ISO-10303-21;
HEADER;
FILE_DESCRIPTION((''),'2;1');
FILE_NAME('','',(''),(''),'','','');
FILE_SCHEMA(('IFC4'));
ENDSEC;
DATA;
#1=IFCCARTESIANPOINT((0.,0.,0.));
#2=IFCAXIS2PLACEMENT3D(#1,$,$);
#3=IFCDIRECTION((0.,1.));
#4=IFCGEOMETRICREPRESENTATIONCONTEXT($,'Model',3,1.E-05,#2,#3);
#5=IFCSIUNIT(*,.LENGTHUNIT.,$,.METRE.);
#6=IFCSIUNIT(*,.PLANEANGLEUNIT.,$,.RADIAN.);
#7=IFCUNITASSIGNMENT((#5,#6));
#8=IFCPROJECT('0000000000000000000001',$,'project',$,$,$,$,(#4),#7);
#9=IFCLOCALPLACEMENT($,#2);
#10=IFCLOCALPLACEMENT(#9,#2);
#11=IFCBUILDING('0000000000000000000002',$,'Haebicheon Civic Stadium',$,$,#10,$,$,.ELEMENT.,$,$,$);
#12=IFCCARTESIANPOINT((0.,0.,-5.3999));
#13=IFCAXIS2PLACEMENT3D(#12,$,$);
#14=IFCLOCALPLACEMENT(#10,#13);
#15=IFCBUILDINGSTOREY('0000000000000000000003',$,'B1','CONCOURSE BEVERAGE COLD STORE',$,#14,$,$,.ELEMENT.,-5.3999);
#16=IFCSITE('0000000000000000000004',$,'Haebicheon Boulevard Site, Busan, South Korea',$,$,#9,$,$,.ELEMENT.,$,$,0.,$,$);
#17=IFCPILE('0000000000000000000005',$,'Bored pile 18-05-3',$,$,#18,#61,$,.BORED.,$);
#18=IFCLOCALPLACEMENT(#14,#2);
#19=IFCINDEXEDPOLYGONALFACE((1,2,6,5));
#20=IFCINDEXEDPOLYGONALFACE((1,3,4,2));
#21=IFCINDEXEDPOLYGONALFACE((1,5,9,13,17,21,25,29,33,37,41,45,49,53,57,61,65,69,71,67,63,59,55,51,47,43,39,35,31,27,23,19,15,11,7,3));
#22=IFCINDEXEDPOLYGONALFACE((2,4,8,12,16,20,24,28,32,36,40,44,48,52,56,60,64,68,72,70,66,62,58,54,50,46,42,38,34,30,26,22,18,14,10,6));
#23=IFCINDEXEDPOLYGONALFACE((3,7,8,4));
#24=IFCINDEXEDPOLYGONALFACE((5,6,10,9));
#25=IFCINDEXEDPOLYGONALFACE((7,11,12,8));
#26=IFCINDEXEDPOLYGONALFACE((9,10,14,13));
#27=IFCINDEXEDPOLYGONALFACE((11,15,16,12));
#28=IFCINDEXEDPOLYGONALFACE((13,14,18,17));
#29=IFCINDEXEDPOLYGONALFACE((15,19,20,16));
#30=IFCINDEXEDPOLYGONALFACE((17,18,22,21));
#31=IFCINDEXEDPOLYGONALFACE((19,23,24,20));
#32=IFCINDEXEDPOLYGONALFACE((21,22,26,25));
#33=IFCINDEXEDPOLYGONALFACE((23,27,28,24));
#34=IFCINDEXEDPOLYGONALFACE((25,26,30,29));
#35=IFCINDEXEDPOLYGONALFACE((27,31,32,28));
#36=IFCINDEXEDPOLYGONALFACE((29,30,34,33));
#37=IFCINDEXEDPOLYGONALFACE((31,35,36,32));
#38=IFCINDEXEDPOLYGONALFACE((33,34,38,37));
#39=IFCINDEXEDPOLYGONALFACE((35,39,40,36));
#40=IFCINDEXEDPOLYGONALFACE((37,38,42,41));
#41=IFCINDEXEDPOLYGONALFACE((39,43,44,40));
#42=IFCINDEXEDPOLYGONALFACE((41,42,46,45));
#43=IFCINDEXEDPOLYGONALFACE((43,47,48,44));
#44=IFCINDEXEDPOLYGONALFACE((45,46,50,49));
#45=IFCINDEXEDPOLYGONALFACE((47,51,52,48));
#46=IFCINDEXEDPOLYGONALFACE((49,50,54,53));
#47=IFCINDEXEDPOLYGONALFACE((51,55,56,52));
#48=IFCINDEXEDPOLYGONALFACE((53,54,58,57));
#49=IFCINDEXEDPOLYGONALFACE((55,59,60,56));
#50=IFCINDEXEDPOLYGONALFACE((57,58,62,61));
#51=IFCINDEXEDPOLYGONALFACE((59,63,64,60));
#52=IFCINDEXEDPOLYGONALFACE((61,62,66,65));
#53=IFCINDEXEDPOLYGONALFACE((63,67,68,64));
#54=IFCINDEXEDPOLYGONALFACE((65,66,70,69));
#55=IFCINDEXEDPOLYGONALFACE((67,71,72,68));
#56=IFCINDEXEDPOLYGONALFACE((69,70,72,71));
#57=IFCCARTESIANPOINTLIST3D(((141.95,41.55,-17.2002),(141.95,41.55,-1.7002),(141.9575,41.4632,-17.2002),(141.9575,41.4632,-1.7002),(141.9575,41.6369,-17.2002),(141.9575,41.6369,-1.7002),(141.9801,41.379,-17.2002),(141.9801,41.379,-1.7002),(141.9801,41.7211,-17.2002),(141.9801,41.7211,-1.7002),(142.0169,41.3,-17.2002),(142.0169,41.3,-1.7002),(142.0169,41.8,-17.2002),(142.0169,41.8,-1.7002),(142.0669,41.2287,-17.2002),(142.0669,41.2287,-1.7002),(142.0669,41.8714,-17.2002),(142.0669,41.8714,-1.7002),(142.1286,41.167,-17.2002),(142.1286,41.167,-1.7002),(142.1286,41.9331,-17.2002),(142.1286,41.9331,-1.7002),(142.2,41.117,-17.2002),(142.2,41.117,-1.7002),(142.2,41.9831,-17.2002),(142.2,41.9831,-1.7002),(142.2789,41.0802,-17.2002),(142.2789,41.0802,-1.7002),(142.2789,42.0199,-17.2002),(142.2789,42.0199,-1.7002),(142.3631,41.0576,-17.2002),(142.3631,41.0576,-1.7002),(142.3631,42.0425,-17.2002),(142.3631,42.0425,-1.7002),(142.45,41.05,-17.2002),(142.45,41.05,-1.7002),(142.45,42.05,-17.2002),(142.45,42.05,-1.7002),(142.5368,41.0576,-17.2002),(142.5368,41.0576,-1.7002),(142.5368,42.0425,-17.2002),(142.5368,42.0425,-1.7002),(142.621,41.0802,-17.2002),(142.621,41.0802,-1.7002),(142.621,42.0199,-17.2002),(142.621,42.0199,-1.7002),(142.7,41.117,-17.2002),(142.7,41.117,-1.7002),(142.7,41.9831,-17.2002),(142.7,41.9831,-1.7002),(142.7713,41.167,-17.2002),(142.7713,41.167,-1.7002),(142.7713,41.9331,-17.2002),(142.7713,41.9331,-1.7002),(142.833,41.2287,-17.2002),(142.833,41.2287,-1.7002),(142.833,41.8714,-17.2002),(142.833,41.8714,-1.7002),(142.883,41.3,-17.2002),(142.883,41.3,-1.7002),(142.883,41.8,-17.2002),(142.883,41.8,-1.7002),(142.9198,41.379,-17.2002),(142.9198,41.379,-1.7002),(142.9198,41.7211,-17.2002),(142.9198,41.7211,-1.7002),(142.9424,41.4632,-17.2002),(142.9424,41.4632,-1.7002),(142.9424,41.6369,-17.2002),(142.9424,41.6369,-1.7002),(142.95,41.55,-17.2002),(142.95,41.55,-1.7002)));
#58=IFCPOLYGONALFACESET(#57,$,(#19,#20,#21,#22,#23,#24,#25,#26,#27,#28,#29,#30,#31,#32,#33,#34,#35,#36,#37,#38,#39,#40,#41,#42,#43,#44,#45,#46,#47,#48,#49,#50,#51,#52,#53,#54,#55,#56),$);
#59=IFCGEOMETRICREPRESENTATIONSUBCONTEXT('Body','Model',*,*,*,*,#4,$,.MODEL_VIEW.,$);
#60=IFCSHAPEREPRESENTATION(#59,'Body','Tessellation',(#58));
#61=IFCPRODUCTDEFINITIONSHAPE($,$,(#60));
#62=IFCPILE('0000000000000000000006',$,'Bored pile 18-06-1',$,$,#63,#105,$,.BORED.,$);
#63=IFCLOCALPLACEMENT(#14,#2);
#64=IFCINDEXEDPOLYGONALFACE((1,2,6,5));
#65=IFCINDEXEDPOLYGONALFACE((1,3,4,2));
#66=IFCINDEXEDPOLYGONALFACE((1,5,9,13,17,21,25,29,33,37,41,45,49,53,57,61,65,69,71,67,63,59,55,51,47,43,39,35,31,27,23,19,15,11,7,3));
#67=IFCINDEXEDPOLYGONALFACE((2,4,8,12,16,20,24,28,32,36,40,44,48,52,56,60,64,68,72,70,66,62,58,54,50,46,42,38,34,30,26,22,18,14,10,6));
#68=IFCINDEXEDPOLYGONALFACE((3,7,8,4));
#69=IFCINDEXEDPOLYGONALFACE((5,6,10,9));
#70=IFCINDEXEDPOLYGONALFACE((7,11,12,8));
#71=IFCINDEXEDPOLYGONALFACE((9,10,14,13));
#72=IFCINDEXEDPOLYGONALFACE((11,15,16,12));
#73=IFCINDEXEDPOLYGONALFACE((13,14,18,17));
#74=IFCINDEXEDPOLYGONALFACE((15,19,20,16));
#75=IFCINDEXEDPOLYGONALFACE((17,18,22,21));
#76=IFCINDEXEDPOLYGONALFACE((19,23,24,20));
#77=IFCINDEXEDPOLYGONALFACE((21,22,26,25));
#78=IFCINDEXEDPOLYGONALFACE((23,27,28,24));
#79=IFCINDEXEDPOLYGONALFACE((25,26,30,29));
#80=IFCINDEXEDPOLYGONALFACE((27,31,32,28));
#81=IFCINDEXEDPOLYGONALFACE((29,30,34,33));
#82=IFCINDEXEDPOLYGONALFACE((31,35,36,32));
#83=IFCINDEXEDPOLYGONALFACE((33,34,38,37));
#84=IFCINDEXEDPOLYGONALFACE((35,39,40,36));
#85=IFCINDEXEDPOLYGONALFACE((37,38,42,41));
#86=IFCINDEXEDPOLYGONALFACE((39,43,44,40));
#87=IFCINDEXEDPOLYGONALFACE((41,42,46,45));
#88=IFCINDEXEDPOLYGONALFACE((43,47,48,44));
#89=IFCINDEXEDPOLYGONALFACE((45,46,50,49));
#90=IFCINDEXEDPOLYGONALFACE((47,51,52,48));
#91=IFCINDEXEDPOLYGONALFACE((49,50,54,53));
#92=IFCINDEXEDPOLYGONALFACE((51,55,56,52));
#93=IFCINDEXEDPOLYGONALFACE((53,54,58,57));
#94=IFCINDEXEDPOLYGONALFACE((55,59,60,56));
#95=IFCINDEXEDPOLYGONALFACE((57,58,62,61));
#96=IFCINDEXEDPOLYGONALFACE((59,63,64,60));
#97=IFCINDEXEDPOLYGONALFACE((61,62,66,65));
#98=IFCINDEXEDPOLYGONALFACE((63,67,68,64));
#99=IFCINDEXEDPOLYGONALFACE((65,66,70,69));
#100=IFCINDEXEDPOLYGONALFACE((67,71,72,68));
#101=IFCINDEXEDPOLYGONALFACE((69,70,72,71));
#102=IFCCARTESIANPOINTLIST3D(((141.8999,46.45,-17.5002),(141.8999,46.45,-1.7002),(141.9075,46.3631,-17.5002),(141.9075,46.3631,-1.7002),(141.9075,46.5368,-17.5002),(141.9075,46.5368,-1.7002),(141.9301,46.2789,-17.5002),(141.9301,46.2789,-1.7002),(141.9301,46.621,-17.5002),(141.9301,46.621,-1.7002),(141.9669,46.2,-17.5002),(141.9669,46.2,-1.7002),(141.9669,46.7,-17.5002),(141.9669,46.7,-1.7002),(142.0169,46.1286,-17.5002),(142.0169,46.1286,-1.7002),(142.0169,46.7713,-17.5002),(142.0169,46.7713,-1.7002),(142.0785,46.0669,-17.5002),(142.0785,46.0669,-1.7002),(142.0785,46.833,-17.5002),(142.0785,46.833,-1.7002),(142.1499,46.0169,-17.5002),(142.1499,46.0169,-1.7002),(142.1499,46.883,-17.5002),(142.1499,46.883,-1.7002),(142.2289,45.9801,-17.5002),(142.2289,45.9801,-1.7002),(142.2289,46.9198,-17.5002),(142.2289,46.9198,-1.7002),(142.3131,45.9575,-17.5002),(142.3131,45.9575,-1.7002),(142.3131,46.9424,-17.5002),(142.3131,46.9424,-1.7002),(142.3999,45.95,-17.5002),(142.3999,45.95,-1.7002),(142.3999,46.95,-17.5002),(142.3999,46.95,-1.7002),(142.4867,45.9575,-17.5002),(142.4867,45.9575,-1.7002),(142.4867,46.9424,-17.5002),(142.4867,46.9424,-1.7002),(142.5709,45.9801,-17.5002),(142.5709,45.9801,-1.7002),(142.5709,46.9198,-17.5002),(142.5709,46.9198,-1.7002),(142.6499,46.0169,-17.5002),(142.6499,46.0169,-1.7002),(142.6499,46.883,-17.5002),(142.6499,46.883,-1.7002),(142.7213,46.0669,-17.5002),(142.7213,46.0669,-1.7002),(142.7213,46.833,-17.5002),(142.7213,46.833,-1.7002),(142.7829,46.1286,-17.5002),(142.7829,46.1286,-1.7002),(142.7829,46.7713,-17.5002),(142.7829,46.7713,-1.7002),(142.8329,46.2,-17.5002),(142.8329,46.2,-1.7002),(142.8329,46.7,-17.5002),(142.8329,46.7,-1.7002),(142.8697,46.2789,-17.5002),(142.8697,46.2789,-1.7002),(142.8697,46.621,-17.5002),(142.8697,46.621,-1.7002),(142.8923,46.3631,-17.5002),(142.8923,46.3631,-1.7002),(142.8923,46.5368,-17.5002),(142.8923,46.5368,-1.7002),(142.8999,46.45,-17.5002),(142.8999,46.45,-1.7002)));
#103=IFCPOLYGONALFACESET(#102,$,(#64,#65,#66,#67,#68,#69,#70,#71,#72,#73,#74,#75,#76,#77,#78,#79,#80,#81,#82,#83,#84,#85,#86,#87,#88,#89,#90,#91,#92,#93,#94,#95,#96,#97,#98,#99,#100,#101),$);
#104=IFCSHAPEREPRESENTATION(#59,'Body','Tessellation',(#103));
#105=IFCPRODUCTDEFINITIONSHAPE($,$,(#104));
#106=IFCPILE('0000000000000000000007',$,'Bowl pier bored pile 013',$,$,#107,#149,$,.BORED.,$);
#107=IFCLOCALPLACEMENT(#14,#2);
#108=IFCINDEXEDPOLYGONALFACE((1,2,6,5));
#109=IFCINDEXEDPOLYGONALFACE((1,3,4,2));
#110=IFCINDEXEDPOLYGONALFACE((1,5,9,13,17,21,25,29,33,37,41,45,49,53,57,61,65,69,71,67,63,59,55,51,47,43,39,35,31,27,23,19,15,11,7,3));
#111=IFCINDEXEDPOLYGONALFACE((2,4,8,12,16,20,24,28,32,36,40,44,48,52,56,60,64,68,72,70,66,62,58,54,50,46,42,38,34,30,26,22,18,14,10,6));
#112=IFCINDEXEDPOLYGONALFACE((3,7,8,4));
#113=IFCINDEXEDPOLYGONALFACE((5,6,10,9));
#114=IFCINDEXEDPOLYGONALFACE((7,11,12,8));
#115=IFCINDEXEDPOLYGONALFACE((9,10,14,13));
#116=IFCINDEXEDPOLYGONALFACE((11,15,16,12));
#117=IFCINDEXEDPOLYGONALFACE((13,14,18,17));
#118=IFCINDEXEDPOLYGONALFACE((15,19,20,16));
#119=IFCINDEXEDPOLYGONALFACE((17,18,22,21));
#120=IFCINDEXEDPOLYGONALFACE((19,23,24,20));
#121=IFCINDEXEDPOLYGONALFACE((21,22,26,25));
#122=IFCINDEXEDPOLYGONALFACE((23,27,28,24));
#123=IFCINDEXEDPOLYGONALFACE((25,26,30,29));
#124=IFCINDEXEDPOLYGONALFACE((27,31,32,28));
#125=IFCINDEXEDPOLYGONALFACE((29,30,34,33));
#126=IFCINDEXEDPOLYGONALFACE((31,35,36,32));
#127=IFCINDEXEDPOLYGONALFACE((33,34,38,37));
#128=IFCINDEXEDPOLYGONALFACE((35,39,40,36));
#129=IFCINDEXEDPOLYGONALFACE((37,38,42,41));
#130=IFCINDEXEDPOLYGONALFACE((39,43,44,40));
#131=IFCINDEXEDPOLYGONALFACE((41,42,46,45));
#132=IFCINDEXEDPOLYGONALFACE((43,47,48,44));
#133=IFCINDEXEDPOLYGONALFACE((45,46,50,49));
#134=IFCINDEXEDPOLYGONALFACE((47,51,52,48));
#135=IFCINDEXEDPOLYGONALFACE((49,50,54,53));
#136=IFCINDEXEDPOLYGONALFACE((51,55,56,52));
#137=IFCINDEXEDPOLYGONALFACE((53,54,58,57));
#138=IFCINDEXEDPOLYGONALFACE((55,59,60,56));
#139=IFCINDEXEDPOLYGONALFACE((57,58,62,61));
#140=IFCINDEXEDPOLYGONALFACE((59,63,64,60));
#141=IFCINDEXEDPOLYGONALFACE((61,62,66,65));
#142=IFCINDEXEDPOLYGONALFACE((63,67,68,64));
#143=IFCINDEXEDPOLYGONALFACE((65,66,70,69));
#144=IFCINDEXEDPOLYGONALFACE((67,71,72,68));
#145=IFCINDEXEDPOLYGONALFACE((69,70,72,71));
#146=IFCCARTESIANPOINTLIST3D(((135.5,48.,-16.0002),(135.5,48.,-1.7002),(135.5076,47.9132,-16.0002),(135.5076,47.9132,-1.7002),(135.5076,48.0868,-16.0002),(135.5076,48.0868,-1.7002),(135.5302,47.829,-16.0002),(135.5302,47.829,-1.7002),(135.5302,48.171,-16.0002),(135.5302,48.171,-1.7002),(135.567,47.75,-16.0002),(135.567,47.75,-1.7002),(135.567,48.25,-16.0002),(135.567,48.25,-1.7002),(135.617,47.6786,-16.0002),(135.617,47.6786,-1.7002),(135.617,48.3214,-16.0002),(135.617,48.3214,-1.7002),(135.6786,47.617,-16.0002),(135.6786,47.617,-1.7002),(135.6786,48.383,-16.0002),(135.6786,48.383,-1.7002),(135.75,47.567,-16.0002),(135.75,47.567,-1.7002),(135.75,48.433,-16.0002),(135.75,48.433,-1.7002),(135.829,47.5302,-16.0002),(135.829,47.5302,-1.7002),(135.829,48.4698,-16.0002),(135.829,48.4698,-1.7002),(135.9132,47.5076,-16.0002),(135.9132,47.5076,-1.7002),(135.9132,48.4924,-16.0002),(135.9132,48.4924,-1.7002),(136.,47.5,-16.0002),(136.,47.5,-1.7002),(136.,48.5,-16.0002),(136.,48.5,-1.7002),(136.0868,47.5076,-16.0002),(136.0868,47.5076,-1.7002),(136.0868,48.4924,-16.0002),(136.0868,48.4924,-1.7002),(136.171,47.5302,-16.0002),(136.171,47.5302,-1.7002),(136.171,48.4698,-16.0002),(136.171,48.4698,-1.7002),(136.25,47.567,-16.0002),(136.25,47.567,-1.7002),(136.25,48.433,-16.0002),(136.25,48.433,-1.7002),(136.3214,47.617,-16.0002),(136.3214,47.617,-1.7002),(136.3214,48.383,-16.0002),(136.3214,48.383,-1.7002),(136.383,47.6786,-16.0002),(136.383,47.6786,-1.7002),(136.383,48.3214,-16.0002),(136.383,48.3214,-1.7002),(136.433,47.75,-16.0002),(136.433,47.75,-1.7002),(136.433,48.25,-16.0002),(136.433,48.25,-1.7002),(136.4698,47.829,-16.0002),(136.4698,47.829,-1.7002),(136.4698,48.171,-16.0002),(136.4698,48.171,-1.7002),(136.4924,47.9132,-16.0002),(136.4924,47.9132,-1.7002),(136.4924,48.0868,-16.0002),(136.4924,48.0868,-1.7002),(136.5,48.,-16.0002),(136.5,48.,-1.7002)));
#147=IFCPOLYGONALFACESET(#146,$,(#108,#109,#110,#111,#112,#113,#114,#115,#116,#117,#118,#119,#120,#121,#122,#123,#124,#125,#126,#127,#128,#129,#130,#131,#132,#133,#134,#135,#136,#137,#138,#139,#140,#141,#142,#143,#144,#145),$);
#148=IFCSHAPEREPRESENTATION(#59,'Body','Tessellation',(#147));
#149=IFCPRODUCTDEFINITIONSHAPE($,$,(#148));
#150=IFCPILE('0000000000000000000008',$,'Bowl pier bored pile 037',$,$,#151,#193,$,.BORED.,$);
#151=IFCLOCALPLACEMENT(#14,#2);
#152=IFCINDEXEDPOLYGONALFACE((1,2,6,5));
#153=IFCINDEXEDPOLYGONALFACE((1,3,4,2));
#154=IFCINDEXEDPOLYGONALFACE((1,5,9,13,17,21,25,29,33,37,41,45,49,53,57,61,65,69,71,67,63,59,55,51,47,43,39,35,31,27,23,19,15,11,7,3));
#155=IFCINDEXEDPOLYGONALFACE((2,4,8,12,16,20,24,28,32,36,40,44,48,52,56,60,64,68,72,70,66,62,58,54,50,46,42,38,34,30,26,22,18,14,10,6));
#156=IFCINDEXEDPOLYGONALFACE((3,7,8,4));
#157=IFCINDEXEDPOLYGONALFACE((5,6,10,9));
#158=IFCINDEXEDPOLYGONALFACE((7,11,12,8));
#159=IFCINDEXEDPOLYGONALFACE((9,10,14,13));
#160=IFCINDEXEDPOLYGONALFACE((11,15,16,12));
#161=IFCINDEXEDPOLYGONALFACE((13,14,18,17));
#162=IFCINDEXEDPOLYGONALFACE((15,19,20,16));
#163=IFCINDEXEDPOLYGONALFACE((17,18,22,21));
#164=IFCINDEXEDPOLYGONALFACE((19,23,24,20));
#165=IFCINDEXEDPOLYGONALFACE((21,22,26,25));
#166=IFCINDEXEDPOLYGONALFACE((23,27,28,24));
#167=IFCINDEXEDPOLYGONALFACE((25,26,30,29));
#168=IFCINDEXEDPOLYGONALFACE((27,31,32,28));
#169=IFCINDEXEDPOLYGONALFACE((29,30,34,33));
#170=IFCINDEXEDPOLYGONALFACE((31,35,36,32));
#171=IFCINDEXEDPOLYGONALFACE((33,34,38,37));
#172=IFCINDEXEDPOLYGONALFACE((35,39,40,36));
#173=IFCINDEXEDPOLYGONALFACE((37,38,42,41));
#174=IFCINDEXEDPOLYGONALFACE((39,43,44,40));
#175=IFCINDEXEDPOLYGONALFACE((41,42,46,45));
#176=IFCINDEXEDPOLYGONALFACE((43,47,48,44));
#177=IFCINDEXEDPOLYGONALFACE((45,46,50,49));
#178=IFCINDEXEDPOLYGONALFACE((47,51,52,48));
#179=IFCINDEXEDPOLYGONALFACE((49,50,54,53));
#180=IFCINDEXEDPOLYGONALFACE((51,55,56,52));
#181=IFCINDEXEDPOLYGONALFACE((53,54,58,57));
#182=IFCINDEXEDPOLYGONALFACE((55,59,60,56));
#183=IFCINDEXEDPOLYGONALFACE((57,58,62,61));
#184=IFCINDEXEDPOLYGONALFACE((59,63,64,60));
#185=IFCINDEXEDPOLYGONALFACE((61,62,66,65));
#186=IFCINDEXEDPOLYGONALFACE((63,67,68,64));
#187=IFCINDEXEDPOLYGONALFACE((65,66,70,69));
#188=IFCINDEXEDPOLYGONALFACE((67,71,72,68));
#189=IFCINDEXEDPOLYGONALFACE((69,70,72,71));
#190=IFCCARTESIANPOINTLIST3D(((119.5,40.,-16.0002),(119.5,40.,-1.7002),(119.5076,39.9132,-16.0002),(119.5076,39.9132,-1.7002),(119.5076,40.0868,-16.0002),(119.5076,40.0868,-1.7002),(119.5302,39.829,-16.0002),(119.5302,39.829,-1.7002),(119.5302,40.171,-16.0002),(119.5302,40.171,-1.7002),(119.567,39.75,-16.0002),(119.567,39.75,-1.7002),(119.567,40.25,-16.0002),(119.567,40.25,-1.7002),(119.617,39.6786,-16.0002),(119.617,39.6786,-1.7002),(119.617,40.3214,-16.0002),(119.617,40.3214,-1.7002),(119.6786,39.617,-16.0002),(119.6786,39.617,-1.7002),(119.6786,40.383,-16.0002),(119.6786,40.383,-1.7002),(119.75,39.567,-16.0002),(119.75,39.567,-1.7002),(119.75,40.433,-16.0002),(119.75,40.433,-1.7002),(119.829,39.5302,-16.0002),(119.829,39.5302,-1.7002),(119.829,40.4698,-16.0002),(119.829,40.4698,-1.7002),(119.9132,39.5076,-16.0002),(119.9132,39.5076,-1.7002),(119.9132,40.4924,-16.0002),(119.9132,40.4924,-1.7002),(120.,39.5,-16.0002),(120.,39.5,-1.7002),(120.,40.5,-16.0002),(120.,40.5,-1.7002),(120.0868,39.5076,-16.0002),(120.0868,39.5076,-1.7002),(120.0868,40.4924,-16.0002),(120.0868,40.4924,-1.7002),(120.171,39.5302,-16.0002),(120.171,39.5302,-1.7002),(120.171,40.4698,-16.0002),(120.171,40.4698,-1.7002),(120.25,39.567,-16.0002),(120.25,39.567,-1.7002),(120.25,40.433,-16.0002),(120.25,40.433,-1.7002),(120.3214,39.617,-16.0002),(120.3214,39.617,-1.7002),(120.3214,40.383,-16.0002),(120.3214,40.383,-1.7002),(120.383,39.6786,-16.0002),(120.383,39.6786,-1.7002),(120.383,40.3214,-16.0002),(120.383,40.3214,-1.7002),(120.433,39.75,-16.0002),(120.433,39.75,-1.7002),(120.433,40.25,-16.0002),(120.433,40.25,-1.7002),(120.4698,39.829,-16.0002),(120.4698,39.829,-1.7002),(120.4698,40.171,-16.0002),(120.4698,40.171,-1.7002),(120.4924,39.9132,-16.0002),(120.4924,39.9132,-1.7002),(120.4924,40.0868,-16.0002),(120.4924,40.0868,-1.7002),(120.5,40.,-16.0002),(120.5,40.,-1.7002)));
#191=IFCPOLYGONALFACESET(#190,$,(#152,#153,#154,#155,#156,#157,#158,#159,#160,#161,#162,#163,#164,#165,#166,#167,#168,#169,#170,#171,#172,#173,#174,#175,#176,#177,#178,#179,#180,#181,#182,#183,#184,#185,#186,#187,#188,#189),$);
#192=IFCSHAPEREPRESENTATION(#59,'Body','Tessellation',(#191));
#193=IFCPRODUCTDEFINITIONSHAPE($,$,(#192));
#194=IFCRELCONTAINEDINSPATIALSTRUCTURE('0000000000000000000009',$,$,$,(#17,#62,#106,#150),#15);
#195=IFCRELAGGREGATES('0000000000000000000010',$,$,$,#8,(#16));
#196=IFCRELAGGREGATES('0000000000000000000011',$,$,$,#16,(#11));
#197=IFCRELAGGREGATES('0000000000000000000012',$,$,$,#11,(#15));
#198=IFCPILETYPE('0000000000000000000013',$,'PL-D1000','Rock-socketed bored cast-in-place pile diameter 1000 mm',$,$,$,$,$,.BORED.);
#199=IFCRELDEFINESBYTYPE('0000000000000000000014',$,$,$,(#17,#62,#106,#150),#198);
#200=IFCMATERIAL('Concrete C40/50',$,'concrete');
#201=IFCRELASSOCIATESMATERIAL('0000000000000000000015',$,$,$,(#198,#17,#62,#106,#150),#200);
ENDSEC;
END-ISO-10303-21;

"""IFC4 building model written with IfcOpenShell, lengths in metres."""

from ifc_helpers import new_model, si_unit, direction, frame, origin, origin_2d, place, context, subcontext, project, spatial, circle, extrude, material, material_profile, profile_set, type_object, element, save


model = new_model("IFC4")

# Units and contexts
model_context = context("Model", 3, precision=1e-05, world=origin(), true_north=direction((0.0, 1.0)))
body_context = subcontext(model_context, "Body", "Model", "MODEL_VIEW")
ifc_project = project(units=[si_unit("LENGTHUNIT", "METRE"), si_unit("PLANEANGLEUNIT", "RADIAN")], contexts=[model_context])

# Site, building, storey
site_placement = place(None, origin())
site = spatial("IfcSite", under=ifc_project, at=site_placement, Name="Haebicheon Boulevard Site, Busan, South Korea", CompositionType="ELEMENT", RefElevation=0.0)
building_placement = place(site_placement, origin())
building = spatial("IfcBuilding", under=site, at=building_placement, Name="Haebicheon Civic Stadium", CompositionType="ELEMENT")
storey_placement = place(building_placement, frame((0.0, 0.0, -5.3999)))
storey = spatial("IfcBuildingStorey", under=building, at=storey_placement, Name="B1", Description="CONCOURSE BEVERAGE COLD STORE", CompositionType="ELEMENT", Elevation=-5.3999)

# Piles
ifc_material_1 = material(Name="Concrete C40/50", Category="concrete")
ifc_material_profile_1 = material_profile(ifc_material_1, circle(Radius=0.5, at=origin_2d()), Name="PILE-D1000")
ifc_profile_set_1 = profile_set([ifc_material_profile_1], Name="Concrete C40/50")
pile_type = type_object("IfcPileType", Name="PL-D1000", Description="Rock-socketed bored cast-in-place pile diameter 1000 mm", PredefinedType="BORED", material=ifc_profile_set_1)
for number, where, z_axis, x_axis, name in (
    (1, (142.45, 41.55, -1.7002), (0.0, 0.0, -1.0), (1.0, 0.0, 0.0), "Bored pile 18-05-3"),
):
    element("IfcPile", number, at=place(storey_placement, frame(where, z_axis=z_axis, x_axis=x_axis)), inside=storey, type_object=pile_type, material=ifc_profile_set_1, Name=name, PredefinedType="BORED", context=body_context, shape_type="SweptSolid", body=[
        extrude(circle(Radius=0.5, at=origin_2d()), origin(), (0.0, 0.0, 1.0), 15.5),
    ])
pile_placement = place(storey_placement, frame((142.3999, 46.45, -1.7002), z_axis=(0.0, 0.0, -1.0), x_axis=(1.0, 0.0, 0.0)))
element("IfcPile", 2, at=pile_placement, inside=storey, type_object=pile_type, material=ifc_profile_set_1, Name="Bored pile 18-06-1", PredefinedType="BORED", context=body_context, shape_type="SweptSolid", body=[
    extrude(circle(Radius=0.5, at=origin_2d()), origin(), (0.0, 0.0, 1.0), 15.8),
])
for number, where, z_axis, x_axis, name in (
    (3, (136.0, 48.0, -1.7002), (0.0, 0.0, -1.0), (1.0, 0.0, 0.0), "Bowl pier bored pile 013"),
    (4, (120.0, 40.0, -1.7002), (0.0, 0.0, -1.0), (1.0, 0.0, 0.0), "Bowl pier bored pile 037"),
):
    element("IfcPile", number, at=place(storey_placement, frame(where, z_axis=z_axis, x_axis=x_axis)), inside=storey, type_object=pile_type, material=ifc_profile_set_1, Name=name, PredefinedType="BORED", context=body_context, shape_type="SweptSolid", body=[
        extrude(circle(Radius=0.5, at=origin_2d()), origin(), (0.0, 0.0, 1.0), 14.3),
    ])

save(model, "model.ifc")
